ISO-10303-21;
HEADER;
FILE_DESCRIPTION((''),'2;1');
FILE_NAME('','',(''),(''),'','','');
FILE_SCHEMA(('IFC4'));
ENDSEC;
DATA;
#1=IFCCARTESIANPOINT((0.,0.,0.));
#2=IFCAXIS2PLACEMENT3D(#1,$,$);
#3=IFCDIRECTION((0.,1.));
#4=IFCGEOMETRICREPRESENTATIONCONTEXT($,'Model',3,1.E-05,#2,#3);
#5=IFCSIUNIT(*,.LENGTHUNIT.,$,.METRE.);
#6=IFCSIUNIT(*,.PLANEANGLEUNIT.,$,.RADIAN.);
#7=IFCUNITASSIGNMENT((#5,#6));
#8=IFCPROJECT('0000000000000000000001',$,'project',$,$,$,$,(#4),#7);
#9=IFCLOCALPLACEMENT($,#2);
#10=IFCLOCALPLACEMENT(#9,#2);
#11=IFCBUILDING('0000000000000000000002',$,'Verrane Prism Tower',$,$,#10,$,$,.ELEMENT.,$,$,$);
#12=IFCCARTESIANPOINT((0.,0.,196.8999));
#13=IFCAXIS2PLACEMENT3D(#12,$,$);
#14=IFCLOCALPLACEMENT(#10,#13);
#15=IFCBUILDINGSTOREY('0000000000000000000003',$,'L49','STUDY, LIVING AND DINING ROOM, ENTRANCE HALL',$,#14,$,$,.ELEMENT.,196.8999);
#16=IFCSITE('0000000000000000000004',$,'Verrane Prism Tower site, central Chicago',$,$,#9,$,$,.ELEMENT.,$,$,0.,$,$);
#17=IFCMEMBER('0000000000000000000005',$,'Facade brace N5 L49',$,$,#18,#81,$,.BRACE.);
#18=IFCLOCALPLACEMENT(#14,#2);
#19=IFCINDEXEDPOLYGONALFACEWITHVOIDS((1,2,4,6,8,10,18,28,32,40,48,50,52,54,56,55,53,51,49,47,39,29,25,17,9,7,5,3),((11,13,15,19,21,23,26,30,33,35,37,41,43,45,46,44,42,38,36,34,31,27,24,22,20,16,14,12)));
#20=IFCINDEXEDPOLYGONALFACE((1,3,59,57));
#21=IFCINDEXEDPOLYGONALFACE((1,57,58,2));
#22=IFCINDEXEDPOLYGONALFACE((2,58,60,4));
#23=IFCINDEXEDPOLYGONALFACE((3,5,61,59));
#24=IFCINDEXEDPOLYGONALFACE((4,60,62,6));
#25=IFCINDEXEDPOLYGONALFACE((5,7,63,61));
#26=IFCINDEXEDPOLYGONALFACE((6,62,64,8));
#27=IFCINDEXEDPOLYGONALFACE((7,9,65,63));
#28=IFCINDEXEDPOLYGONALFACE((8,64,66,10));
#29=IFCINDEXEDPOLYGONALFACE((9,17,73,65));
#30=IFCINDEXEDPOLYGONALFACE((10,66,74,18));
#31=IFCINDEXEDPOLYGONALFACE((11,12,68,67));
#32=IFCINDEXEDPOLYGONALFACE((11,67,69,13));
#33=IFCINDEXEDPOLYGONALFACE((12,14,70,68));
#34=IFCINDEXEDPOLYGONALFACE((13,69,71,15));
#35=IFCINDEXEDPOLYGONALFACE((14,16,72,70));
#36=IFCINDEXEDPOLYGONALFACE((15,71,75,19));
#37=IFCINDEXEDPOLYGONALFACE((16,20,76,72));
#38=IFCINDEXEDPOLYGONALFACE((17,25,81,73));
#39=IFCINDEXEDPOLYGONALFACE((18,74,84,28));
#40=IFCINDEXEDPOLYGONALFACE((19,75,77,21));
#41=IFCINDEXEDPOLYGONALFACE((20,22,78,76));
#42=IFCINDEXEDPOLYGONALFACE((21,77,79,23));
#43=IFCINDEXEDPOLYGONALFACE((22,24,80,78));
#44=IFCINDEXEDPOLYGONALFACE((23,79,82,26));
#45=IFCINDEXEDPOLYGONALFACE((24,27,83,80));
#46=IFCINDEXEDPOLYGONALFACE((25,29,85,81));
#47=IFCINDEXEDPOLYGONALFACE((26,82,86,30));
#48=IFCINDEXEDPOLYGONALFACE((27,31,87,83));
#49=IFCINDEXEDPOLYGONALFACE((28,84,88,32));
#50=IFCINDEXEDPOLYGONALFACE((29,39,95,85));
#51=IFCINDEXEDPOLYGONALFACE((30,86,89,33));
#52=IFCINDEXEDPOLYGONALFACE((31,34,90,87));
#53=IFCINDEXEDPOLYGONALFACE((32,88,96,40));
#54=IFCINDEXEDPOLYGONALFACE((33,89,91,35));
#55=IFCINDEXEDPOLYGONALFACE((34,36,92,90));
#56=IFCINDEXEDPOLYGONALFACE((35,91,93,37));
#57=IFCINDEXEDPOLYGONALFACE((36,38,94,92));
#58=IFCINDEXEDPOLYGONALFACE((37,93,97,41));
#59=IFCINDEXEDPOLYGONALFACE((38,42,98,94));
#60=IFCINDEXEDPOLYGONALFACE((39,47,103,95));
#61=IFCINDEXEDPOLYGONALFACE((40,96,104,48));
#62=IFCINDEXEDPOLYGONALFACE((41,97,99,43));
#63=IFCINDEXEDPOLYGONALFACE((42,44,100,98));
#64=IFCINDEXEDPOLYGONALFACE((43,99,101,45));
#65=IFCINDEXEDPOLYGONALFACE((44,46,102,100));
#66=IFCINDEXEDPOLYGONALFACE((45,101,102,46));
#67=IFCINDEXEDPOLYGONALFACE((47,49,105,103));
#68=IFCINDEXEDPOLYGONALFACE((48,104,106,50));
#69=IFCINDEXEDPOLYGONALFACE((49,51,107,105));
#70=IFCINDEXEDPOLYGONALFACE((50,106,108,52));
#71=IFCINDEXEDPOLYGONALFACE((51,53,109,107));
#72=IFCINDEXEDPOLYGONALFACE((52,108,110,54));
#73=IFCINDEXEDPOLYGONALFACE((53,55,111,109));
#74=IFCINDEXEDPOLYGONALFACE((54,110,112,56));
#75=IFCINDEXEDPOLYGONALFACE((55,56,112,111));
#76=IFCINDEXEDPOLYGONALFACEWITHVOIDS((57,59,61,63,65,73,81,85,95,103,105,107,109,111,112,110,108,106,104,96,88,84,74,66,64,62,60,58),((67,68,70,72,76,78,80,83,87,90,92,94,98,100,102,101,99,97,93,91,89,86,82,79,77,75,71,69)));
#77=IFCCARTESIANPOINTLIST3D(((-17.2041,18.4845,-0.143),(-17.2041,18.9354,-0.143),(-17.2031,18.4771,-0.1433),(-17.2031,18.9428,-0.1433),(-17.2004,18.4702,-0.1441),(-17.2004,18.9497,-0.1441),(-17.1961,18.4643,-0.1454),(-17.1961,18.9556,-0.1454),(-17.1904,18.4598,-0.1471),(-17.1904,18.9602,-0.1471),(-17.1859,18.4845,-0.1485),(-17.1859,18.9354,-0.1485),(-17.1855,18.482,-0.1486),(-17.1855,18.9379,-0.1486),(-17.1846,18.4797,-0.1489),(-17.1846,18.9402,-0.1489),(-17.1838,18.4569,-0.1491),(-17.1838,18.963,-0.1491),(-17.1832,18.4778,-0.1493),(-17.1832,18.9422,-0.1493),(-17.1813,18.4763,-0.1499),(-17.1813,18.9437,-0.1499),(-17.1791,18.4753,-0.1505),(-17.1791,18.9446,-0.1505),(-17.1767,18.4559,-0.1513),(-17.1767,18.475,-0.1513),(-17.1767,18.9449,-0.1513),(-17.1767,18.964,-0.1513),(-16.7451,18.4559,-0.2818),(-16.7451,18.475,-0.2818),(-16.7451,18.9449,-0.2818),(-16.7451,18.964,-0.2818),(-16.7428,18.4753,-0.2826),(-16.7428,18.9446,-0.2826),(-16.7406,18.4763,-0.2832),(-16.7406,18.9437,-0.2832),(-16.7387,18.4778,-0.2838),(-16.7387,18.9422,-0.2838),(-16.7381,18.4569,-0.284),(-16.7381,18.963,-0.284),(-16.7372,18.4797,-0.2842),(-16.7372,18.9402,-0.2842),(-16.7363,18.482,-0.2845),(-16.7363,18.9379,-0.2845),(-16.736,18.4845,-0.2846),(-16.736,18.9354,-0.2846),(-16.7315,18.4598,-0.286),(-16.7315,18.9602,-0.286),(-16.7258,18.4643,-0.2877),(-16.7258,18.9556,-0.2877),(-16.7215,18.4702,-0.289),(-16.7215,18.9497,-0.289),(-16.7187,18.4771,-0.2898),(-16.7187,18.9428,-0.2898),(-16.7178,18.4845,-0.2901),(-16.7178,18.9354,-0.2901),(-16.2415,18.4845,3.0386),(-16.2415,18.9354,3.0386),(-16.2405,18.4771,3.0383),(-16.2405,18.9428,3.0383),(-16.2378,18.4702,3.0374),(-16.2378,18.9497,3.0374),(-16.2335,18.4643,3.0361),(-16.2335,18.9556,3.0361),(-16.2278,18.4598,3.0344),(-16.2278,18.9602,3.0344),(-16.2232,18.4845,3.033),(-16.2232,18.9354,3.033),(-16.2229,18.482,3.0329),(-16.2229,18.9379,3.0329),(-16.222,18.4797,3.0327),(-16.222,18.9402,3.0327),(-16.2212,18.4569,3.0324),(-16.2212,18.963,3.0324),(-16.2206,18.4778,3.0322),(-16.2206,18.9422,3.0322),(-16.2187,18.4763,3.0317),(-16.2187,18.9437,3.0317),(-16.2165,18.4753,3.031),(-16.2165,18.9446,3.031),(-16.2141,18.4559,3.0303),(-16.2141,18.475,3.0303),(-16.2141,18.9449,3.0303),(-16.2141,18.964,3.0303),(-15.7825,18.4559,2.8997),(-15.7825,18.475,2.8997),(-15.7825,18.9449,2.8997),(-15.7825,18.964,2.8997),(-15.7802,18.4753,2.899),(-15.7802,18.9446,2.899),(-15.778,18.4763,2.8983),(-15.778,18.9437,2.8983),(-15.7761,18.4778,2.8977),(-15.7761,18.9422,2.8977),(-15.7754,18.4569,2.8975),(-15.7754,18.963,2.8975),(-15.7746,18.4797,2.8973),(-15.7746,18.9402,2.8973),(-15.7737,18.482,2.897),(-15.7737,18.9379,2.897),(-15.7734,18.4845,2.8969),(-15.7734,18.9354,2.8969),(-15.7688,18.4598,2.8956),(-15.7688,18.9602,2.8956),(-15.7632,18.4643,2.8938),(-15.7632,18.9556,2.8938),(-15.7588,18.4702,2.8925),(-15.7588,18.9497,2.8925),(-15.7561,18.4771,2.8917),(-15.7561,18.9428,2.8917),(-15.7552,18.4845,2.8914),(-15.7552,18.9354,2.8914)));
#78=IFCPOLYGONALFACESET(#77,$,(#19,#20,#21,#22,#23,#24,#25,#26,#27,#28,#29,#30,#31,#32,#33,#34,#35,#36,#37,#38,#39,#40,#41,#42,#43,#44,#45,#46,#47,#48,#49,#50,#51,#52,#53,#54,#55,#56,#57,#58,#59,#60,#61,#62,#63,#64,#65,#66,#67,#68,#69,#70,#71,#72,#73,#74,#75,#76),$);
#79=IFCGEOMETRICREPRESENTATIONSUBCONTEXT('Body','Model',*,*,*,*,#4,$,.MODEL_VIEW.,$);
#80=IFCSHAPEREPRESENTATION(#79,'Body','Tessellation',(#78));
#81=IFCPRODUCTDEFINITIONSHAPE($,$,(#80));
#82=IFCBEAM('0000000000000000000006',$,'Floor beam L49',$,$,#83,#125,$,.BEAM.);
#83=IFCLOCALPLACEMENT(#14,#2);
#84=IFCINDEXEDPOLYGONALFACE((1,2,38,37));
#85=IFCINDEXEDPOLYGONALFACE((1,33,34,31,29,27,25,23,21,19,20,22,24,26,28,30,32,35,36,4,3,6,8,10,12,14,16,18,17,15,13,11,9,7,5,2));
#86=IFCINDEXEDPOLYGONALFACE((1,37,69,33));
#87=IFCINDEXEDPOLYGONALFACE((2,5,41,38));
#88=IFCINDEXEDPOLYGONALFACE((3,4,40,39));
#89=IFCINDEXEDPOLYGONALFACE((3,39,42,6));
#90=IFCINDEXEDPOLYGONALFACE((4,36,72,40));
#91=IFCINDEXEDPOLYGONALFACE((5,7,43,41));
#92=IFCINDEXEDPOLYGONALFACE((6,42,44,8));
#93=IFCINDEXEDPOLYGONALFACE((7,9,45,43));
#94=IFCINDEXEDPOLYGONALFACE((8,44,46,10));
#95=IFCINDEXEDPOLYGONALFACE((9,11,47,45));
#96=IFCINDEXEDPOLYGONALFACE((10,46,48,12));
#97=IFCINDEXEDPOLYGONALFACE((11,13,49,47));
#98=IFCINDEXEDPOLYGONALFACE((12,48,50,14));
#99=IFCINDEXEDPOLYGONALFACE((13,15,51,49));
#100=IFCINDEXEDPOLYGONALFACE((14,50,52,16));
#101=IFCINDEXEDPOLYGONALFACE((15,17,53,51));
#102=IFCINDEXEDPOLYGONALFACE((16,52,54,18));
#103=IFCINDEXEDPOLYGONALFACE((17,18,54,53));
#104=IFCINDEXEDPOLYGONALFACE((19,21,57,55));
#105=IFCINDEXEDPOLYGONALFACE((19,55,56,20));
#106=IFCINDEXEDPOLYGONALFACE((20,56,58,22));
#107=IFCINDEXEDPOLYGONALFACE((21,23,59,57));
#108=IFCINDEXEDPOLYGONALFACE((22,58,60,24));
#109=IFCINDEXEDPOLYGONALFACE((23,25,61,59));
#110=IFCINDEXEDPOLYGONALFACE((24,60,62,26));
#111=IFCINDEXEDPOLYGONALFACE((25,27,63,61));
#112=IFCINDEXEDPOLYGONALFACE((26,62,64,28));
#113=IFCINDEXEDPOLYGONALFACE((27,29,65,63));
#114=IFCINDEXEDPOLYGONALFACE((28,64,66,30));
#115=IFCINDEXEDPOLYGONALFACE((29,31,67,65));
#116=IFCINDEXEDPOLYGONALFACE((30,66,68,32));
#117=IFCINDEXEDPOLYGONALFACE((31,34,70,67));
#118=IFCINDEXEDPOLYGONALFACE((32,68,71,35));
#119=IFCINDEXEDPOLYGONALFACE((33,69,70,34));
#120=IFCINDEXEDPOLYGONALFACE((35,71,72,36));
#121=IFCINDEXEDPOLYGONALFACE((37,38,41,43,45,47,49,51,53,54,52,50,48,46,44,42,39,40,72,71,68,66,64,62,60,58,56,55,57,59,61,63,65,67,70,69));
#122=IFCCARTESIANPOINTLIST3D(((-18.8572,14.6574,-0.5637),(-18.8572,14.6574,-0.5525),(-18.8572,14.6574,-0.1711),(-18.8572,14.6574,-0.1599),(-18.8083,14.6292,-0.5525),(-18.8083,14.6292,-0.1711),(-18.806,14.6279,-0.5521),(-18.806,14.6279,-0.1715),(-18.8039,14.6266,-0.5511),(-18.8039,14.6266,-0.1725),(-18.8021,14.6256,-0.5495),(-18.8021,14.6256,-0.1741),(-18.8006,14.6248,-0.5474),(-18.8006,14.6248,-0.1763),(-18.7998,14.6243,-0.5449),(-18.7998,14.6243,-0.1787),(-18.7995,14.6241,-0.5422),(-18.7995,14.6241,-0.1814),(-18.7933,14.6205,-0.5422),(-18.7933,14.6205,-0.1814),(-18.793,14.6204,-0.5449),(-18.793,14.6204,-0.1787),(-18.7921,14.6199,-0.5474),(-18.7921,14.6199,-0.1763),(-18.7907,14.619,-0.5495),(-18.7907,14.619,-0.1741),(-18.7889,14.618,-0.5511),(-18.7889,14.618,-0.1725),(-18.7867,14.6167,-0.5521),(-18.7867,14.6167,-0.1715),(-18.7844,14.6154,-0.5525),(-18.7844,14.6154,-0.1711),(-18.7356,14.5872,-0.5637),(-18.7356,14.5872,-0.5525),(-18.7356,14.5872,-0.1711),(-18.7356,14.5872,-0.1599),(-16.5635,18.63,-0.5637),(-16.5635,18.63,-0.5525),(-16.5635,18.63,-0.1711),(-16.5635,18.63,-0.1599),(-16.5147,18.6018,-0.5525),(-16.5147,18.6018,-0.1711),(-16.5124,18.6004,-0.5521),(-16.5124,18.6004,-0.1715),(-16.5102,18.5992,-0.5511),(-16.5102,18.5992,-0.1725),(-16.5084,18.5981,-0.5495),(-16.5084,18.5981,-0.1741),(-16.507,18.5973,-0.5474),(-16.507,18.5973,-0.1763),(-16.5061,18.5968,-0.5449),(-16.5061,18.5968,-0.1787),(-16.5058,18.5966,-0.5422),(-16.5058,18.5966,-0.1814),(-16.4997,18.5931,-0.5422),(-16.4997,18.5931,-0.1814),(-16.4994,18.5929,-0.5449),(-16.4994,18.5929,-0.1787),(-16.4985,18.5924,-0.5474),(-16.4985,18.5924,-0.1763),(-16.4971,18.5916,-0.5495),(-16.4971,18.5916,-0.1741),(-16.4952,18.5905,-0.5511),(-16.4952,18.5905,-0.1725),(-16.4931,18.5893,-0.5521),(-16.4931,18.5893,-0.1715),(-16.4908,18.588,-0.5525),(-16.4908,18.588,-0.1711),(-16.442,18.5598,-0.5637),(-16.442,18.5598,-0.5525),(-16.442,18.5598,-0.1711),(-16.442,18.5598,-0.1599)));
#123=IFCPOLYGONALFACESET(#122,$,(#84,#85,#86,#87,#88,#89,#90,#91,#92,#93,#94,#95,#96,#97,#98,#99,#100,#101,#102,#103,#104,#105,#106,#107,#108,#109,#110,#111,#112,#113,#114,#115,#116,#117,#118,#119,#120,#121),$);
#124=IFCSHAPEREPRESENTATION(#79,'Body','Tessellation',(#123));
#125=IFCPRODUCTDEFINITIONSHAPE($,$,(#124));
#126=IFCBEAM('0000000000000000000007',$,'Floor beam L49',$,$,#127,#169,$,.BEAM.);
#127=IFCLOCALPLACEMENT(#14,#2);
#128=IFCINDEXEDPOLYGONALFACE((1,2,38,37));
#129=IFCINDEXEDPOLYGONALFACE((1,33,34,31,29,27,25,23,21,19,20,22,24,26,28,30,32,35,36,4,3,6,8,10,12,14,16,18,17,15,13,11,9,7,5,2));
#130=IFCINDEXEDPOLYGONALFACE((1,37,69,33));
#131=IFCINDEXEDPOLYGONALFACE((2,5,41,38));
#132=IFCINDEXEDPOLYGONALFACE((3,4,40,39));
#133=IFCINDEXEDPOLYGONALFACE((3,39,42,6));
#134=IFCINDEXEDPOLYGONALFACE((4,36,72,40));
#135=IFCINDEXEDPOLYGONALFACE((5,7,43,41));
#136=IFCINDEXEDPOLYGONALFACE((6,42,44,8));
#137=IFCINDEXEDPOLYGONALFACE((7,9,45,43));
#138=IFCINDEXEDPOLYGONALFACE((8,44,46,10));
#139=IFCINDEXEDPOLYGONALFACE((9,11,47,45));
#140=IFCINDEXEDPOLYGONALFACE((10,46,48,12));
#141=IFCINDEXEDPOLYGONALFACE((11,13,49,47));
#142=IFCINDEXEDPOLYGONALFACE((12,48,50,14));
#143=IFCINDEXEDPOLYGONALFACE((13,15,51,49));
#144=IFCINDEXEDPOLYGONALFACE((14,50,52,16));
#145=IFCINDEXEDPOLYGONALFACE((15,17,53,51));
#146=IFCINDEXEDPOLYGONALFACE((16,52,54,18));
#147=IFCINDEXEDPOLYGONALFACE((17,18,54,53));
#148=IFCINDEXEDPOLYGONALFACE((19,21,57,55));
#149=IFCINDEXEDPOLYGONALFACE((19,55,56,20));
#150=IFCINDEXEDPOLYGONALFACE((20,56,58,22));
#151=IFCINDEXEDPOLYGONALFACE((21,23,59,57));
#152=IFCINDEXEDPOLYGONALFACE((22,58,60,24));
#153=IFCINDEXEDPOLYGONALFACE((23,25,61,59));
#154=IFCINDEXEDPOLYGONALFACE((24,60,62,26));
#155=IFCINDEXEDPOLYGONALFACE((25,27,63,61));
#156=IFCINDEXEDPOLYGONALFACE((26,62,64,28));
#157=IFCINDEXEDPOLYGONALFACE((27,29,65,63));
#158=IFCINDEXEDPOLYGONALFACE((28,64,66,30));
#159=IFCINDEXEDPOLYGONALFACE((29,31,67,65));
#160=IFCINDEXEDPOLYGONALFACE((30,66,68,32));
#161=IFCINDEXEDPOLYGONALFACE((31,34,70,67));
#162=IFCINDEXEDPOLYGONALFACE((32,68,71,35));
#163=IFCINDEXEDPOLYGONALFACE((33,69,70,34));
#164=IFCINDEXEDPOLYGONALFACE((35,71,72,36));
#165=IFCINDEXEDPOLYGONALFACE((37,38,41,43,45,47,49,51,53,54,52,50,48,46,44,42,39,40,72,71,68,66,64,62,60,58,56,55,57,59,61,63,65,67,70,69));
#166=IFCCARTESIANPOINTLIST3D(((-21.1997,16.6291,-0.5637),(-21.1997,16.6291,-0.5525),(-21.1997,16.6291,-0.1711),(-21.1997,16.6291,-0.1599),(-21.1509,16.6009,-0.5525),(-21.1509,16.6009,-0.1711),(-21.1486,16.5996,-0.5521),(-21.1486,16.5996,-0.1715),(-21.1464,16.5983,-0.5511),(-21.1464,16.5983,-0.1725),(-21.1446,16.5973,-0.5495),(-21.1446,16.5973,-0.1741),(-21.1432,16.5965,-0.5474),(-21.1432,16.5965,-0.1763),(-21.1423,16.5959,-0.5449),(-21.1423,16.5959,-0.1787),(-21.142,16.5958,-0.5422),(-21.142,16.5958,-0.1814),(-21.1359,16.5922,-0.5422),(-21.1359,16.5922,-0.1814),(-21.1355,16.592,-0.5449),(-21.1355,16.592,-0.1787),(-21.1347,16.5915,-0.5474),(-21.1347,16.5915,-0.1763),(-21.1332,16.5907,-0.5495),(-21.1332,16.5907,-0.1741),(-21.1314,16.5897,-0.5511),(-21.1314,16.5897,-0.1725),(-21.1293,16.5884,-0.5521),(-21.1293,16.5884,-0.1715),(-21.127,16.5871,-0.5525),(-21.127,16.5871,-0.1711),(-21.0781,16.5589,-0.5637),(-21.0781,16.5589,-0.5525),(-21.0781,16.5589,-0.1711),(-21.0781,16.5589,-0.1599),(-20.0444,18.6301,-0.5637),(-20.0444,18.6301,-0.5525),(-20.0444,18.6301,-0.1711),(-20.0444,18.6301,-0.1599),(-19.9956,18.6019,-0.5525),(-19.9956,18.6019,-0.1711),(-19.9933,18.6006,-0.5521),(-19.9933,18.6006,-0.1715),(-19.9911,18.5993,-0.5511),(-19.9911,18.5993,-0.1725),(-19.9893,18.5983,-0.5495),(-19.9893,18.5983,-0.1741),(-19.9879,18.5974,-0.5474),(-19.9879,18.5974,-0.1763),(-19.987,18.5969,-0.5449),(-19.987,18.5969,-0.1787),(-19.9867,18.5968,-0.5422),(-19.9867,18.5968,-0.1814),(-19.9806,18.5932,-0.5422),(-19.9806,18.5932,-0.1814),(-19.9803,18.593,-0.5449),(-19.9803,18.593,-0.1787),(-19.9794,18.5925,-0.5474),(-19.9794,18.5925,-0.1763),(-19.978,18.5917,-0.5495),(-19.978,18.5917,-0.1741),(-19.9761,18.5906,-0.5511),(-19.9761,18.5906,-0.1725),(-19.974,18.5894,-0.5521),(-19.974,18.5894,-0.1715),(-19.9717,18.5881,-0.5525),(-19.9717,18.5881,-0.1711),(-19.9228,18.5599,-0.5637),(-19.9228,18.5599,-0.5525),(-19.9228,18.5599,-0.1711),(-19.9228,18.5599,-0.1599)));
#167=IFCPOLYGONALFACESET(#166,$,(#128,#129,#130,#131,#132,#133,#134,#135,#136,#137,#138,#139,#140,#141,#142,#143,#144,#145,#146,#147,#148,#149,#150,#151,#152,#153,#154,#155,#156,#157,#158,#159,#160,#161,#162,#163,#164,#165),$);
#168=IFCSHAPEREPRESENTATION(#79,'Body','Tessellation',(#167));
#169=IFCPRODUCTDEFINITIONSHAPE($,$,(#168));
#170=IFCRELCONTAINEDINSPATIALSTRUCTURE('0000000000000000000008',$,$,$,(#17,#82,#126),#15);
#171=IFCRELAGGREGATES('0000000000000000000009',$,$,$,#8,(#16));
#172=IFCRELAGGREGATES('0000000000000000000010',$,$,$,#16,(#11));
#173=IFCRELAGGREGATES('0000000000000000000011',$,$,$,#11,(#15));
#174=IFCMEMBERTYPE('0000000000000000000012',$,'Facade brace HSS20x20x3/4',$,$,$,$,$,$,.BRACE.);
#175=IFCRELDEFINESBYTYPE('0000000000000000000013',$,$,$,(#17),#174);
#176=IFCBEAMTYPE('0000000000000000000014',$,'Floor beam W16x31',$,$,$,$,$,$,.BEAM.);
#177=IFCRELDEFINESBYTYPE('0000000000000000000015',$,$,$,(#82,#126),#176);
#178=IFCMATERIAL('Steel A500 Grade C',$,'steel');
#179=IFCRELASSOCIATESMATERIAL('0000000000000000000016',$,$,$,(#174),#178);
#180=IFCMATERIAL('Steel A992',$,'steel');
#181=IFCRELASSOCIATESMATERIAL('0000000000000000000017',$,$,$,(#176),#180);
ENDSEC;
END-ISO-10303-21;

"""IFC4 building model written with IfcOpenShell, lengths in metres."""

from ifc_helpers import new_model, si_unit, direction, frame, origin, origin_2d, place, context, subcontext, project, spatial, hollow_rectangle, i_section, extrude, material, material_profile, profile_set, type_object, element, save


model = new_model("IFC4")

# Units and contexts
model_context = context("Model", 3, precision=1e-05, world=origin(), true_north=direction((0.0, 1.0)))
body_context = subcontext(model_context, "Body", "Model", "MODEL_VIEW")
ifc_project = project(units=[si_unit("LENGTHUNIT", "METRE"), si_unit("PLANEANGLEUNIT", "RADIAN")], contexts=[model_context])

# Site, building, storey
site_placement = place(None, origin())
site = spatial("IfcSite", under=ifc_project, at=site_placement, Name="Verrane Prism Tower site, central Chicago", CompositionType="ELEMENT", RefElevation=0.0)
building_placement = place(site_placement, origin())
building = spatial("IfcBuilding", under=site, at=building_placement, Name="Verrane Prism Tower", CompositionType="ELEMENT")
storey_placement = place(building_placement, frame((0.0, 0.0, 196.8999)))
storey = spatial("IfcBuildingStorey", under=building, at=storey_placement, Name="L49", Description="STUDY, LIVING AND DINING ROOM, ENTRANCE HALL", CompositionType="ELEMENT", Elevation=196.8999)

# Member
ifc_material_1 = material(Name="Steel A500 Grade C", Category="steel")
ifc_material_profile_1 = material_profile(ifc_material_1, hollow_rectangle(XDim=0.5081, YDim=0.5081, WallThickness=0.019, InnerFilletRadius=0.0095, OuterFilletRadius=0.0286, at=origin_2d()), Name="HSS20x20x3/4")
ifc_profile_set_1 = profile_set([ifc_material_profile_1], Name="Steel A500 Grade C")
member_type_1 = type_object("IfcMemberType", Name="Facade brace HSS20x20x3/4", PredefinedType="BRACE", material=ifc_profile_set_1)
member_1_placement = place(storey_placement, frame((-16.9609, 18.71, -0.2166), z_axis=(0.289598, 0.0, 0.957148), x_axis=(0.0, 1.0, 0.0)))
element("IfcMember", 1, at=member_1_placement, inside=storey, type_object=member_type_1, Name="Facade brace N5 L49", PredefinedType="BRACE", context=body_context, shape_type="SweptSolid", body=[
    extrude(hollow_rectangle(XDim=0.5081, YDim=0.5081, WallThickness=0.019, InnerFilletRadius=0.0095, OuterFilletRadius=0.0286, at=origin_2d()), origin(), (0.0, 0.0, 1.0), 3.324),
])

# Beams
ifc_material_2 = material(Name="Steel A992", Category="steel")
ifc_material_profile_2 = material_profile(ifc_material_2, i_section(OverallWidth=0.1404, OverallDepth=0.4038, WebThickness=0.0071, FlangeThickness=0.0112, FilletRadius=0.0103, at=origin_2d()), Name="W16x31")
ifc_profile_set_2 = profile_set([ifc_material_profile_2], Name="Steel A992")
beam_type_1 = type_object("IfcBeamType", Name="Floor beam W16x31", PredefinedType="BEAM", material=ifc_profile_set_2)
beam_1_placement = place(storey_placement, frame((-18.7964, 14.6223, -0.3618), z_axis=(0.500014, 0.866017, 0.0), x_axis=(-0.866017, 0.500014, 0.0)))
element("IfcBeam", 2, at=beam_1_placement, inside=storey, type_object=beam_type_1, Name="Floor beam L49", PredefinedType="BEAM", context=body_context, shape_type="SweptSolid", body=[
    extrude(i_section(OverallWidth=0.1404, OverallDepth=0.4038, WebThickness=0.0071, FlangeThickness=0.0112, FilletRadius=0.0103, at=origin_2d()), origin(), (0.0, 0.0, 1.0), 4.5872),
])
beam_2_placement = place(storey_placement, frame((-21.1389, 16.594, -0.3618), z_axis=(0.500003, 0.866024, 0.0), x_axis=(-0.866024, 0.500003, 0.0)))
element("IfcBeam", 3, at=beam_2_placement, inside=storey, type_object=beam_type_1, Name="Floor beam L49", PredefinedType="BEAM", context=body_context, shape_type="SweptSolid", body=[
    extrude(i_section(OverallWidth=0.1404, OverallDepth=0.4038, WebThickness=0.0071, FlangeThickness=0.0112, FilletRadius=0.0103, at=origin_2d()), origin(), (0.0, 0.0, 1.0), 2.3105),
])

save(model, "model.ifc")
